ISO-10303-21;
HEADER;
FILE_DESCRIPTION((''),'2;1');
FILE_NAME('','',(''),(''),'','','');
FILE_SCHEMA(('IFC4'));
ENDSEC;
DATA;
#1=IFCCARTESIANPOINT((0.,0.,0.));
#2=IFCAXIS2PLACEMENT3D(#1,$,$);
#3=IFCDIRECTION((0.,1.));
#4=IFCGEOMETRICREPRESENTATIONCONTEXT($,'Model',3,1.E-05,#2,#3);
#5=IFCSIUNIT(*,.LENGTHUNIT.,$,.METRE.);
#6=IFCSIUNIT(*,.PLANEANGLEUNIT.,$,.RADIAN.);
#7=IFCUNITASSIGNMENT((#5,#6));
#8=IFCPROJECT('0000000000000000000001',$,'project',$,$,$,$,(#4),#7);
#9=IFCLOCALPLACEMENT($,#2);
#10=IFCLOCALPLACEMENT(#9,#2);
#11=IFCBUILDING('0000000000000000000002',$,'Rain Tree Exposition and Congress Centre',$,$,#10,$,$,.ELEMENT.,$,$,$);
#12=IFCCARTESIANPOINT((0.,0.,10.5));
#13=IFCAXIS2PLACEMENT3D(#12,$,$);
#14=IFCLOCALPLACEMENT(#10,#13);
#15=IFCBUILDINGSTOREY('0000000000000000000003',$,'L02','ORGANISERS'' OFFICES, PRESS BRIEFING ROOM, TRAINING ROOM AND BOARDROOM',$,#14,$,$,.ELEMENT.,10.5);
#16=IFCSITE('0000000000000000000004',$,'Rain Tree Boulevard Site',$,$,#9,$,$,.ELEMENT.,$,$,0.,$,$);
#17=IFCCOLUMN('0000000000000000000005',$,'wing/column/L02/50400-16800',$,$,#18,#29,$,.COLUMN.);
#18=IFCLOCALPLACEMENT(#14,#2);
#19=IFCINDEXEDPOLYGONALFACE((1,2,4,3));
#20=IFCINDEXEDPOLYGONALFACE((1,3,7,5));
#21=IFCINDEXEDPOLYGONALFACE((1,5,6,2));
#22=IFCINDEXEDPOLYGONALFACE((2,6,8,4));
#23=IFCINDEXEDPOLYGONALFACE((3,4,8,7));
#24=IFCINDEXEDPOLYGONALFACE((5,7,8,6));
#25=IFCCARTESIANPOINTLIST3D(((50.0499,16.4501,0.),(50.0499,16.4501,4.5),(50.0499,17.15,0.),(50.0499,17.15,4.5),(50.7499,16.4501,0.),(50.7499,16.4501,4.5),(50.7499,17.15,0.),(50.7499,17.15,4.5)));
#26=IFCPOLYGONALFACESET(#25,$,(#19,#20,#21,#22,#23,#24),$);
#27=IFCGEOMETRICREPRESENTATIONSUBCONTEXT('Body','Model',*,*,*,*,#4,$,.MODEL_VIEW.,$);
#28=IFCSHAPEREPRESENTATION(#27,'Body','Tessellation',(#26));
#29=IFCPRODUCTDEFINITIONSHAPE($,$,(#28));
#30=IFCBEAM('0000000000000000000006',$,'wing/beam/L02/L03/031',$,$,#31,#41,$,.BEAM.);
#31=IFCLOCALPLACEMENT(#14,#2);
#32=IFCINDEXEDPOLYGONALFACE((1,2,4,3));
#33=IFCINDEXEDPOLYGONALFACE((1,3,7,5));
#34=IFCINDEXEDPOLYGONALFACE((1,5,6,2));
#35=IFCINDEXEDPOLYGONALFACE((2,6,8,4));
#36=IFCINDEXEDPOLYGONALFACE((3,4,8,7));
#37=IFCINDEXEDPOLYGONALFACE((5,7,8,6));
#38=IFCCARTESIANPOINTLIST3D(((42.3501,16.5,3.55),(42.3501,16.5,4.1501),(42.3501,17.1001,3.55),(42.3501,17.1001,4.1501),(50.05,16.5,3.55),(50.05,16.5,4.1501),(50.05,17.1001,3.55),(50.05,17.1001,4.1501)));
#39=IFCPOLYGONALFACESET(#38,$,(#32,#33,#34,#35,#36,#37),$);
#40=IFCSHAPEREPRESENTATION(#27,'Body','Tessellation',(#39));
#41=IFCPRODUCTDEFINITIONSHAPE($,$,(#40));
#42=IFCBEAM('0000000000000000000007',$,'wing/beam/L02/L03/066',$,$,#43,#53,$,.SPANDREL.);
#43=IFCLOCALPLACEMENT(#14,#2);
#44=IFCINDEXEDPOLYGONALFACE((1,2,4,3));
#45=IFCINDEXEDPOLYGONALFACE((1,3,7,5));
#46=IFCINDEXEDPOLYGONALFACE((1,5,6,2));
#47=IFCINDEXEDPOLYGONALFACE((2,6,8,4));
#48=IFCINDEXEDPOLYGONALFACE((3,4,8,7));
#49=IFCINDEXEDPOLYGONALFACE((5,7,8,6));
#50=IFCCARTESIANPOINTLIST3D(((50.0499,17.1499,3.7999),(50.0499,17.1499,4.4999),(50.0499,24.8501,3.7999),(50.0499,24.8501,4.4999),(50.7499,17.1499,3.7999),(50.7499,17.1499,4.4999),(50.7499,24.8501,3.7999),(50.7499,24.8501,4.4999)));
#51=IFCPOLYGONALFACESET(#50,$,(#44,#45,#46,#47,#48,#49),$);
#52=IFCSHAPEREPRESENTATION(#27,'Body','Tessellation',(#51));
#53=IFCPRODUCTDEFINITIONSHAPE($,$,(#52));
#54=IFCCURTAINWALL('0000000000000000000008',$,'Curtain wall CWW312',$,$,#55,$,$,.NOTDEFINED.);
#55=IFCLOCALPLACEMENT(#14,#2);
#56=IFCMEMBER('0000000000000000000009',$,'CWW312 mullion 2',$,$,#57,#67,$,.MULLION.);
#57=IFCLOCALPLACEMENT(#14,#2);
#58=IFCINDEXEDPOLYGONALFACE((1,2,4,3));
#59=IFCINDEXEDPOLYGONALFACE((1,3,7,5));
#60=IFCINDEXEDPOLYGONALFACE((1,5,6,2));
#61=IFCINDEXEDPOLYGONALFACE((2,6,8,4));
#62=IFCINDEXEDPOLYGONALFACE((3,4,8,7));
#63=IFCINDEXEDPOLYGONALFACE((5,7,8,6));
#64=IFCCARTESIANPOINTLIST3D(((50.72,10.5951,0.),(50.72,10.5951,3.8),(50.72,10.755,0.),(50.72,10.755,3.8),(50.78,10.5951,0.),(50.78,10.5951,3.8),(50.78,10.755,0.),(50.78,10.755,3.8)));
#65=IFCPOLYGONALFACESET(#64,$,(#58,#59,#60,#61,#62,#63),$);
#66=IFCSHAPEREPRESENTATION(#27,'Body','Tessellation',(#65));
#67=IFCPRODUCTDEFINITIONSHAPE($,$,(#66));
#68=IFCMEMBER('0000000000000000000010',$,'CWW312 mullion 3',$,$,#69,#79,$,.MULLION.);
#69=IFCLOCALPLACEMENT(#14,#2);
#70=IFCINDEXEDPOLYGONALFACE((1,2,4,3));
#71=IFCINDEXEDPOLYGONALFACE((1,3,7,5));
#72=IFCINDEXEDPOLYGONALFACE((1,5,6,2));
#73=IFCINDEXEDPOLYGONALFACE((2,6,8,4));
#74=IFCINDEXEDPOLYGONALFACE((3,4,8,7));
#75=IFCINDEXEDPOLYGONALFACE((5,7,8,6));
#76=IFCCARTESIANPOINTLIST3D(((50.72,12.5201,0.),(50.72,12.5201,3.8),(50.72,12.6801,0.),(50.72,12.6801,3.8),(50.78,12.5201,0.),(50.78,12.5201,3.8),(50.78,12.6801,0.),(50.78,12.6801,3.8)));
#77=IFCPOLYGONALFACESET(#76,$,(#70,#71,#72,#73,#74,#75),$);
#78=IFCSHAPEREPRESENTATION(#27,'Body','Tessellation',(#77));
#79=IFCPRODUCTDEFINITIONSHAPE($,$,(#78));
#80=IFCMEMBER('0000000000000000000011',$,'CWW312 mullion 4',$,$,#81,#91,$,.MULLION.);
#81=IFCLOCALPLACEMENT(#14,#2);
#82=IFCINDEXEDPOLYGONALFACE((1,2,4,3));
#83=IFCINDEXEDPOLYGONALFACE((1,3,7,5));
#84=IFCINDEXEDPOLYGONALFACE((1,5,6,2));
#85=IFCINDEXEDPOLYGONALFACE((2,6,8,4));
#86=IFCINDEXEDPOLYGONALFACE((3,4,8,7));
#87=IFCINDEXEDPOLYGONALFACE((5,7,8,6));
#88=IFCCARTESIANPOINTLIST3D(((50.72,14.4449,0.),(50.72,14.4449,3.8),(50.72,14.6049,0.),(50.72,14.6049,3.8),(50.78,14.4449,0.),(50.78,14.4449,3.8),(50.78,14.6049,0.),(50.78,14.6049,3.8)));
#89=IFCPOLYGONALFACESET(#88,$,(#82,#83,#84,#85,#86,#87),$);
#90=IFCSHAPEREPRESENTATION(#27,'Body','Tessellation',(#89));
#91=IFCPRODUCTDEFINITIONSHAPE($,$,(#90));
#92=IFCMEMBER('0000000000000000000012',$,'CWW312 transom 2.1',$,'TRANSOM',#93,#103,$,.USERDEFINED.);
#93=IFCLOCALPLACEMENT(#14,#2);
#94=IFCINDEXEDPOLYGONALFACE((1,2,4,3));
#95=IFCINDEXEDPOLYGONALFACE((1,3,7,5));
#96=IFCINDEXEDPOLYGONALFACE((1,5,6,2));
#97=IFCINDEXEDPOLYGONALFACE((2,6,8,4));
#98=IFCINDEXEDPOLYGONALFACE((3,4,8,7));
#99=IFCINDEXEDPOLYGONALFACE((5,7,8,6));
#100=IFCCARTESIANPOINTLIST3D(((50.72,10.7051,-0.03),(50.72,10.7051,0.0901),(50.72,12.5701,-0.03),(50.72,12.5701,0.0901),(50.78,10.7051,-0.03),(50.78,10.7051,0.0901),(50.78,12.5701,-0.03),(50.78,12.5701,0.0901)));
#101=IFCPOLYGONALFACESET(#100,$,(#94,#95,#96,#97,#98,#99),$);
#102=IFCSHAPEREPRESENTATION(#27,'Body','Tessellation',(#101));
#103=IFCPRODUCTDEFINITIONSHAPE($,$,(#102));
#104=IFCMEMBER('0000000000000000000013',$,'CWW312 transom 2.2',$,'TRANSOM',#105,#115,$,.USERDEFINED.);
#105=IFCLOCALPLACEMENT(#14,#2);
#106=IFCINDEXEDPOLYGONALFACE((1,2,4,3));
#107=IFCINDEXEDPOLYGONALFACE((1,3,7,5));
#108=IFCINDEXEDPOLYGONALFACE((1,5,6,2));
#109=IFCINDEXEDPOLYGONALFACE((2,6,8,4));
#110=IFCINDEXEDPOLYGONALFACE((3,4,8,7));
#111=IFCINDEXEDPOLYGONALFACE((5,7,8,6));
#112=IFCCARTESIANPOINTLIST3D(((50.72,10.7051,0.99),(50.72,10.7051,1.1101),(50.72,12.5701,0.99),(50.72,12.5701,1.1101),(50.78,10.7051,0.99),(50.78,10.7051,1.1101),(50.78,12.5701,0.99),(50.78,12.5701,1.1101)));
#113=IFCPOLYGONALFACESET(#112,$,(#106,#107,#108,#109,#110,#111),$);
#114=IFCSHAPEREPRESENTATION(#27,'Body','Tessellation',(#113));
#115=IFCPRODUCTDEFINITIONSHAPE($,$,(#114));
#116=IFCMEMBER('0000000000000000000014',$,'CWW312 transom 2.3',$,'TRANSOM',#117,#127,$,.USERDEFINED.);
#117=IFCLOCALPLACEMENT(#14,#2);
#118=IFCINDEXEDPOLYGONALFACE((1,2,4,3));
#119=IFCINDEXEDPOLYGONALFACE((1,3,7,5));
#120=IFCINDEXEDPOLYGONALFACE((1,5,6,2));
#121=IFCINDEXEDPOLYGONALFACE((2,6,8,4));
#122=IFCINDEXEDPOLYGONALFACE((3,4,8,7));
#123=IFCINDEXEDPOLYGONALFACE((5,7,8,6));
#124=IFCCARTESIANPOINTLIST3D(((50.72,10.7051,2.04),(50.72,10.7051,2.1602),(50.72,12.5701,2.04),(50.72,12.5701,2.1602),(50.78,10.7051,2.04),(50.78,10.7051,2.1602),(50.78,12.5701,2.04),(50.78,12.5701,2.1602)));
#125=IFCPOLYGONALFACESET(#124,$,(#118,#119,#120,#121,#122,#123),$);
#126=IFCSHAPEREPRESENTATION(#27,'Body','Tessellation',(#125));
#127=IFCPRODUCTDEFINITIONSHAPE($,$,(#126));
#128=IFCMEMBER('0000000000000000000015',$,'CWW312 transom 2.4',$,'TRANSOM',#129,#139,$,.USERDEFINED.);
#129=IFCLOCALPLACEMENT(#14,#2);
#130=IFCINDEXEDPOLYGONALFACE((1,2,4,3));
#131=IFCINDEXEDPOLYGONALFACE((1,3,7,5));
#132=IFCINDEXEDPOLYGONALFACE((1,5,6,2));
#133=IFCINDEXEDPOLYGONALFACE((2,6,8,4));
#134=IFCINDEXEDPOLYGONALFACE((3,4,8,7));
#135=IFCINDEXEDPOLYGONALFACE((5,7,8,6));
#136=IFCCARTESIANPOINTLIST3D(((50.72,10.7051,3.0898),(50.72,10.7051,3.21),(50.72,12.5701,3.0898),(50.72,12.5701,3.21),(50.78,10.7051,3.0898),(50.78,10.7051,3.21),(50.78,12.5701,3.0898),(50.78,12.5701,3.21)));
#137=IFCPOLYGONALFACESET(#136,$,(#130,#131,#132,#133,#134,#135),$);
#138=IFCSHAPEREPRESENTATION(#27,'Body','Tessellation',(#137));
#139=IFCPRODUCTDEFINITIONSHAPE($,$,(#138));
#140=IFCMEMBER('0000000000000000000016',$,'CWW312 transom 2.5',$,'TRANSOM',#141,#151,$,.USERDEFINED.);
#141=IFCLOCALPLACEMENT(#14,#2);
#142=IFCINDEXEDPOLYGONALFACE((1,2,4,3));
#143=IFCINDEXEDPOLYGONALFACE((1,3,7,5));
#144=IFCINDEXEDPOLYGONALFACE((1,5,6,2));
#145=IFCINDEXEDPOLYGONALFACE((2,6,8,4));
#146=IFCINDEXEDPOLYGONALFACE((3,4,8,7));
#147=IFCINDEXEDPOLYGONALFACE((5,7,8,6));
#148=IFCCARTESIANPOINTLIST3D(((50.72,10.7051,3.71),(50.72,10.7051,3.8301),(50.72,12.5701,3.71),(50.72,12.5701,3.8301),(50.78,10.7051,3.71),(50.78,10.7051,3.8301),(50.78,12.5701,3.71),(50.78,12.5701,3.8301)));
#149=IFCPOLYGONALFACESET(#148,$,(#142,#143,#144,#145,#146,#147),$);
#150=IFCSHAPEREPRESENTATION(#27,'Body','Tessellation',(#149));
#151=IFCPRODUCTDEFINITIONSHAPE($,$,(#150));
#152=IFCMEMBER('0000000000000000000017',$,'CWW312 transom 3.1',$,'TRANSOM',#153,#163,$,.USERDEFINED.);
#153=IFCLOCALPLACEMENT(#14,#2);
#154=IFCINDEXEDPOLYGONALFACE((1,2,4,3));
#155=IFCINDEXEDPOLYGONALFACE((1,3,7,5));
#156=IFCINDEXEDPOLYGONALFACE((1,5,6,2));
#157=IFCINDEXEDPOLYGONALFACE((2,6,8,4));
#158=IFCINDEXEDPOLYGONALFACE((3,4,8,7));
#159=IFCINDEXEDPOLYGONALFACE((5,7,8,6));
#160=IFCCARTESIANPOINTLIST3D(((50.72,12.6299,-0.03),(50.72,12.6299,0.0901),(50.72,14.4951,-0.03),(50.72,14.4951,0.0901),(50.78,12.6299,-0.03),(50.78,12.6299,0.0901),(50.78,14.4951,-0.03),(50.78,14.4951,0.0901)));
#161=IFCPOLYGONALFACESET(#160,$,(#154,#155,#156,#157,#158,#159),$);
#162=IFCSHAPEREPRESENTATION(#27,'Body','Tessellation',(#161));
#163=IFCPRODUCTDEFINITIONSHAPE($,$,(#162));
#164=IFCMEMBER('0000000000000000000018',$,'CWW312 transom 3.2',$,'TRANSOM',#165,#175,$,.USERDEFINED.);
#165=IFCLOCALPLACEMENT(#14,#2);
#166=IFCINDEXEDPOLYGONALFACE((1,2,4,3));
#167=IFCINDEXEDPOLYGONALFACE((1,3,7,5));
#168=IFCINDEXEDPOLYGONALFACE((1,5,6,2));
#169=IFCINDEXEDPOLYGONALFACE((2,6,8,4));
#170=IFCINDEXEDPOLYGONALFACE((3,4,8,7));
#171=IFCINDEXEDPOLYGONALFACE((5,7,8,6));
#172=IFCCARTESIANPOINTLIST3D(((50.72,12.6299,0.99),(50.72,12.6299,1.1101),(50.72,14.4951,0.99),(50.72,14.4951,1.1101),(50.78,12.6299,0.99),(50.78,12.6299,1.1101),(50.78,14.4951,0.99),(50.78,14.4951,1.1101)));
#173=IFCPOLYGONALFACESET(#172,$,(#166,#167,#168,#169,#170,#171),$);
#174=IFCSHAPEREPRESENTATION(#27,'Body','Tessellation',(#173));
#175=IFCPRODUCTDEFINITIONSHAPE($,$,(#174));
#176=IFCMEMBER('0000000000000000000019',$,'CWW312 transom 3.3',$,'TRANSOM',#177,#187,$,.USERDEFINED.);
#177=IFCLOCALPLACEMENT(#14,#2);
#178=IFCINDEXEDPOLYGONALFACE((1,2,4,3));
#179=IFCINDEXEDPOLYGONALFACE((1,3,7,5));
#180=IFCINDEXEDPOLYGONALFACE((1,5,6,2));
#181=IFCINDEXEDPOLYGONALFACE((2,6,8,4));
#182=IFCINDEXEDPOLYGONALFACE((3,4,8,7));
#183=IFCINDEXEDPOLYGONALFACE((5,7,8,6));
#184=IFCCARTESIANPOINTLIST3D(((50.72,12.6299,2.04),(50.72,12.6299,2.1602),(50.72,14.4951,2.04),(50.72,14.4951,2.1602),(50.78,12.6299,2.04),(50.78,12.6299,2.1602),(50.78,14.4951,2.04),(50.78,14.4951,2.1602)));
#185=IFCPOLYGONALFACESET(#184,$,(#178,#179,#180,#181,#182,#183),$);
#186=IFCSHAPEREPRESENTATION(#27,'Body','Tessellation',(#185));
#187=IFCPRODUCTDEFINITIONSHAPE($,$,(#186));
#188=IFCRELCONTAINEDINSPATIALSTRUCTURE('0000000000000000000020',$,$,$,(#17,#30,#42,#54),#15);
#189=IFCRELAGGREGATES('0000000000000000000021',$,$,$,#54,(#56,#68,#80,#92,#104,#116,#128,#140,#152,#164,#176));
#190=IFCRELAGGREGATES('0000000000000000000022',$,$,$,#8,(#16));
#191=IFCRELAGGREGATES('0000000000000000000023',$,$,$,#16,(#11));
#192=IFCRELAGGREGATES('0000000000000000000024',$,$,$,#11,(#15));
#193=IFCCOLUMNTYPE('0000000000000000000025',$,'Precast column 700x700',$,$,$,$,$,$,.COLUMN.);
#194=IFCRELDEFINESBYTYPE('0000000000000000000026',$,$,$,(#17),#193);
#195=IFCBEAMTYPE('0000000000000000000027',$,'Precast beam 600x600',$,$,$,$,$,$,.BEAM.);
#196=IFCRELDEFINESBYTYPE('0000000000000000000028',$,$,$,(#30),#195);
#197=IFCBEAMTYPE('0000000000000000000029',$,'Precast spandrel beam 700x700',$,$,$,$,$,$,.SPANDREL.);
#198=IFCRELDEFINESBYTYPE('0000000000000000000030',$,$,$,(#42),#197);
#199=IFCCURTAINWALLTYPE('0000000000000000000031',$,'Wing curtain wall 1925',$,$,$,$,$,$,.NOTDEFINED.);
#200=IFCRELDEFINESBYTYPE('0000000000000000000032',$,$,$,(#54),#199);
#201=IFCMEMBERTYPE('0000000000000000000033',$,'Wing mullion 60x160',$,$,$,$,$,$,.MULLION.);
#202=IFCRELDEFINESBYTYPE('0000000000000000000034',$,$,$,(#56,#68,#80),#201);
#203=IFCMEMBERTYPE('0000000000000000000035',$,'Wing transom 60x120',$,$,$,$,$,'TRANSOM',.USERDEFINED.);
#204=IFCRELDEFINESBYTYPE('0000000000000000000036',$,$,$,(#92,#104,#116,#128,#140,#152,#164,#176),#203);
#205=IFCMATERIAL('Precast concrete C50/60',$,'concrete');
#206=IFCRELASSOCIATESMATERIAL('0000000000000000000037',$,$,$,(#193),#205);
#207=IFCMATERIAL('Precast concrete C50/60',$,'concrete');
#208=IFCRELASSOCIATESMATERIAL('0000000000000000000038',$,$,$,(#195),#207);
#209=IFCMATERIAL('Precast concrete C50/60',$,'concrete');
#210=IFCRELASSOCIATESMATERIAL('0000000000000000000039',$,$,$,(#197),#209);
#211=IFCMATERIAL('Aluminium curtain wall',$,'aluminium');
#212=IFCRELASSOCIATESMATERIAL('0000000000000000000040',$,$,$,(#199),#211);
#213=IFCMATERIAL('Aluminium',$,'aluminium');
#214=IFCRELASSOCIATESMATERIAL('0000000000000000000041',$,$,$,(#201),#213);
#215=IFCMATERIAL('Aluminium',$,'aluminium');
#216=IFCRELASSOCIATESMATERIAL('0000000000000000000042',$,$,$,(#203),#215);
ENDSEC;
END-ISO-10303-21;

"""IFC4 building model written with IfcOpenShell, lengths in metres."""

from ifc_helpers import new_model, si_unit, direction, frame, origin, origin_2d, place, context, subcontext, project, spatial, rectangle, extrude, material, material_profile, profile_set, type_object, element, aggregate, save


model = new_model("IFC4")

# Units and contexts
model_context = context("Model", 3, precision=1e-05, world=origin(), true_north=direction((0.0, 1.0)))
body_context = subcontext(model_context, "Body", "Model", "MODEL_VIEW")
ifc_project = project(units=[si_unit("LENGTHUNIT", "METRE"), si_unit("PLANEANGLEUNIT", "RADIAN")], contexts=[model_context])

# Site, building, storey
site_placement = place(None, origin())
site = spatial("IfcSite", under=ifc_project, at=site_placement, Name="Rain Tree Boulevard Site", CompositionType="ELEMENT", RefElevation=0.0)
building_placement = place(site_placement, origin())
building = spatial("IfcBuilding", under=site, at=building_placement, Name="Rain Tree Exposition and Congress Centre", CompositionType="ELEMENT")
storey_placement = place(building_placement, frame((0.0, 0.0, 10.5)))
storey = spatial("IfcBuildingStorey", under=building, at=storey_placement, Name="L02", Description="ORGANISERS' OFFICES, PRESS BRIEFING ROOM, TRAINING ROOM AND BOARDROOM", CompositionType="ELEMENT", Elevation=10.5)

# Column
ifc_material_1 = material(Name="Precast concrete C50/60", Category="concrete")
ifc_material_profile_1 = material_profile(ifc_material_1, rectangle(XDim=0.7, YDim=0.7, at=origin_2d()), Name="RC 700x700")
ifc_profile_set_1 = profile_set([ifc_material_profile_1], Name="Precast concrete C50/60")
column_type = type_object("IfcColumnType", Name="Precast column 700x700", PredefinedType="COLUMN", material=ifc_profile_set_1)
column_placement = place(storey_placement, frame((50.3999, 16.8, 0.0), z_axis=(0.0, 0.0, 1.0), x_axis=(1.0, 0.0, 0.0)))
element("IfcColumn", 1, at=column_placement, inside=storey, type_object=column_type, Name="wing/column/L02/50400-16800", PredefinedType="COLUMN", context=body_context, shape_type="SweptSolid", body=[
    extrude(rectangle(XDim=0.7, YDim=0.7, at=origin_2d()), origin(), (0.0, 0.0, 1.0), 4.5),
])

# Beams
ifc_material_2 = material(Name="Precast concrete C50/60", Category="concrete")
ifc_material_profile_2 = material_profile(ifc_material_2, rectangle(XDim=0.6001, YDim=0.6001, at=origin_2d()), Name="RC 600x600")
ifc_profile_set_2 = profile_set([ifc_material_profile_2], Name="Precast concrete C50/60")
beam_type_1 = type_object("IfcBeamType", Name="Precast beam 600x600", PredefinedType="BEAM", material=ifc_profile_set_2)
beam_1_placement = place(storey_placement, frame((42.3501, 16.8, 3.8501), z_axis=(1.0, 0.0, 0.0), x_axis=(0.0, 1.0, 0.0)))
element("IfcBeam", 2, at=beam_1_placement, inside=storey, type_object=beam_type_1, Name="wing/beam/L02/L03/031", PredefinedType="BEAM", context=body_context, shape_type="SweptSolid", body=[
    extrude(rectangle(XDim=0.6001, YDim=0.6001, at=origin_2d()), origin(), (0.0, 0.0, 1.0), 7.7),
])
ifc_material_3 = material(Name="Precast concrete C50/60", Category="concrete")
ifc_material_profile_3 = material_profile(ifc_material_3, rectangle(XDim=0.7, YDim=0.7, at=origin_2d()), Name="RC 700x700")
ifc_profile_set_3 = profile_set([ifc_material_profile_3], Name="Precast concrete C50/60")
beam_type_2 = type_object("IfcBeamType", Name="Precast spandrel beam 700x700", PredefinedType="SPANDREL", material=ifc_profile_set_3)
beam_2_placement = place(storey_placement, frame((50.3999, 17.1499, 4.1499), z_axis=(0.0, 1.0, 0.0), x_axis=(-1.0, 0.0, 0.0)))
element("IfcBeam", 3, at=beam_2_placement, inside=storey, type_object=beam_type_2, Name="wing/beam/L02/L03/066", PredefinedType="SPANDREL", context=body_context, shape_type="SweptSolid", body=[
    extrude(rectangle(XDim=0.7, YDim=0.7, at=origin_2d()), origin(), (0.0, 0.0, 1.0), 7.7002),
])

# Curtain wall, members
ifc_material_4 = material(Name="Aluminium curtain wall", Category="aluminium")
curtain_wall_type = type_object("IfcCurtainWallType", Name="Wing curtain wall 1925", PredefinedType="NOTDEFINED", material=ifc_material_4)
curtain_wall_placement = place(storey_placement, origin())
curtain_wall = element("IfcCurtainWall", 4, at=curtain_wall_placement, inside=storey, type_object=curtain_wall_type, Name="Curtain wall CWW312", PredefinedType="NOTDEFINED")
ifc_material_5 = material(Name="Aluminium", Category="aluminium")
ifc_material_profile_4 = material_profile(ifc_material_5, rectangle(XDim=0.0601, YDim=0.1599, at=origin_2d()), Name="Aluminium 60x160")
ifc_profile_set_4 = profile_set([ifc_material_profile_4], Name="Aluminium")
member_type_1 = type_object("IfcMemberType", Name="Wing mullion 60x160", PredefinedType="MULLION", material=ifc_profile_set_4)
member_1_placement = place(storey_placement, frame((50.75, 10.675, 0.0), z_axis=(0.0, 0.0, 1.0), x_axis=(-1.0, 0.0, 0.0)))
member_1 = element("IfcMember", 5, at=member_1_placement, type_object=member_type_1, Name="CWW312 mullion 2", PredefinedType="MULLION", context=body_context, shape_type="SweptSolid", body=[
    extrude(rectangle(XDim=0.0601, YDim=0.1599, at=origin_2d()), origin(), (0.0, 0.0, 1.0), 3.8),
])
member_2_placement = place(storey_placement, frame((50.75, 12.6001, 0.0), z_axis=(0.0, 0.0, 1.0), x_axis=(-1.0, 0.0, 0.0)))
member_2 = element("IfcMember", 6, at=member_2_placement, type_object=member_type_1, Name="CWW312 mullion 3", PredefinedType="MULLION", context=body_context, shape_type="SweptSolid", body=[
    extrude(rectangle(XDim=0.0601, YDim=0.1599, at=origin_2d()), origin(), (0.0, 0.0, 1.0), 3.8),
])
member_3_placement = place(storey_placement, frame((50.75, 14.5249, 0.0), z_axis=(0.0, 0.0, 1.0), x_axis=(-1.0, 0.0, 0.0)))
member_3 = element("IfcMember", 7, at=member_3_placement, type_object=member_type_1, Name="CWW312 mullion 4", PredefinedType="MULLION", context=body_context, shape_type="SweptSolid", body=[
    extrude(rectangle(XDim=0.0601, YDim=0.1599, at=origin_2d()), origin(), (0.0, 0.0, 1.0), 3.8),
])
ifc_material_6 = material(Name="Aluminium", Category="aluminium")
ifc_material_profile_5 = material_profile(ifc_material_6, rectangle(XDim=0.0601, YDim=0.1201, at=origin_2d()), Name="Aluminium 60x120")
ifc_profile_set_5 = profile_set([ifc_material_profile_5], Name="Aluminium")
member_type_2 = type_object("IfcMemberType", Name="Wing transom 60x120", ElementType="TRANSOM", PredefinedType="USERDEFINED", material=ifc_profile_set_5)
member_4_placement = place(storey_placement, frame((50.75, 10.7051, 0.03), z_axis=(0.0, 1.0, 0.0), x_axis=(-1.0, 0.0, 0.0)))
member_4 = element("IfcMember", 8, at=member_4_placement, type_object=member_type_2, Name="CWW312 transom 2.1", ObjectType="TRANSOM", PredefinedType="USERDEFINED", context=body_context, shape_type="SweptSolid", body=[
    extrude(rectangle(XDim=0.0601, YDim=0.1201, at=origin_2d()), origin(), (0.0, 0.0, 1.0), 1.865),
])
member_5_placement = place(storey_placement, frame((50.75, 10.7051, 1.05), z_axis=(0.0, 1.0, 0.0), x_axis=(-1.0, 0.0, 0.0)))
member_5 = element("IfcMember", 9, at=member_5_placement, type_object=member_type_2, Name="CWW312 transom 2.2", ObjectType="TRANSOM", PredefinedType="USERDEFINED", context=body_context, shape_type="SweptSolid", body=[
    extrude(rectangle(XDim=0.0601, YDim=0.1201, at=origin_2d()), origin(), (0.0, 0.0, 1.0), 1.865),
])
member_6_placement = place(storey_placement, frame((50.75, 10.7051, 2.1001), z_axis=(0.0, 1.0, 0.0), x_axis=(-1.0, 0.0, 0.0)))
member_6 = element("IfcMember", 10, at=member_6_placement, type_object=member_type_2, Name="CWW312 transom 2.3", ObjectType="TRANSOM", PredefinedType="USERDEFINED", context=body_context, shape_type="SweptSolid", body=[
    extrude(rectangle(XDim=0.0601, YDim=0.1201, at=origin_2d()), origin(), (0.0, 0.0, 1.0), 1.865),
])
member_7_placement = place(storey_placement, frame((50.75, 10.7051, 3.1499), z_axis=(0.0, 1.0, 0.0), x_axis=(-1.0, 0.0, 0.0)))
member_7 = element("IfcMember", 11, at=member_7_placement, type_object=member_type_2, Name="CWW312 transom 2.4", ObjectType="TRANSOM", PredefinedType="USERDEFINED", context=body_context, shape_type="SweptSolid", body=[
    extrude(rectangle(XDim=0.0601, YDim=0.1201, at=origin_2d()), origin(), (0.0, 0.0, 1.0), 1.865),
])
member_8_placement = place(storey_placement, frame((50.75, 10.7051, 3.77), z_axis=(0.0, 1.0, 0.0), x_axis=(-1.0, 0.0, 0.0)))
member_8 = element("IfcMember", 12, at=member_8_placement, type_object=member_type_2, Name="CWW312 transom 2.5", ObjectType="TRANSOM", PredefinedType="USERDEFINED", context=body_context, shape_type="SweptSolid", body=[
    extrude(rectangle(XDim=0.0601, YDim=0.1201, at=origin_2d()), origin(), (0.0, 0.0, 1.0), 1.865),
])
member_9_placement = place(storey_placement, frame((50.75, 12.6299, 0.03), z_axis=(0.0, 1.0, 0.0), x_axis=(-1.0, 0.0, 0.0)))
member_9 = element("IfcMember", 13, at=member_9_placement, type_object=member_type_2, Name="CWW312 transom 3.1", ObjectType="TRANSOM", PredefinedType="USERDEFINED", context=body_context, shape_type="SweptSolid", body=[
    extrude(rectangle(XDim=0.0601, YDim=0.1201, at=origin_2d()), origin(), (0.0, 0.0, 1.0), 1.8652),
])
member_10_placement = place(storey_placement, frame((50.75, 12.6299, 1.05), z_axis=(0.0, 1.0, 0.0), x_axis=(-1.0, 0.0, 0.0)))
member_10 = element("IfcMember", 14, at=member_10_placement, type_object=member_type_2, Name="CWW312 transom 3.2", ObjectType="TRANSOM", PredefinedType="USERDEFINED", context=body_context, shape_type="SweptSolid", body=[
    extrude(rectangle(XDim=0.0601, YDim=0.1201, at=origin_2d()), origin(), (0.0, 0.0, 1.0), 1.8652),
])
member_11_placement = place(storey_placement, frame((50.75, 12.6299, 2.1001), z_axis=(0.0, 1.0, 0.0), x_axis=(-1.0, 0.0, 0.0)))
member_11 = element("IfcMember", 15, at=member_11_placement, type_object=member_type_2, Name="CWW312 transom 3.3", ObjectType="TRANSOM", PredefinedType="USERDEFINED", context=body_context, shape_type="SweptSolid", body=[
    extrude(rectangle(XDim=0.0601, YDim=0.1201, at=origin_2d()), origin(), (0.0, 0.0, 1.0), 1.8652),
])
aggregate(curtain_wall, [member_1, member_2, member_3, member_4, member_5, member_6, member_7, member_8, member_9, member_10, member_11])

save(model, "model.ifc")
